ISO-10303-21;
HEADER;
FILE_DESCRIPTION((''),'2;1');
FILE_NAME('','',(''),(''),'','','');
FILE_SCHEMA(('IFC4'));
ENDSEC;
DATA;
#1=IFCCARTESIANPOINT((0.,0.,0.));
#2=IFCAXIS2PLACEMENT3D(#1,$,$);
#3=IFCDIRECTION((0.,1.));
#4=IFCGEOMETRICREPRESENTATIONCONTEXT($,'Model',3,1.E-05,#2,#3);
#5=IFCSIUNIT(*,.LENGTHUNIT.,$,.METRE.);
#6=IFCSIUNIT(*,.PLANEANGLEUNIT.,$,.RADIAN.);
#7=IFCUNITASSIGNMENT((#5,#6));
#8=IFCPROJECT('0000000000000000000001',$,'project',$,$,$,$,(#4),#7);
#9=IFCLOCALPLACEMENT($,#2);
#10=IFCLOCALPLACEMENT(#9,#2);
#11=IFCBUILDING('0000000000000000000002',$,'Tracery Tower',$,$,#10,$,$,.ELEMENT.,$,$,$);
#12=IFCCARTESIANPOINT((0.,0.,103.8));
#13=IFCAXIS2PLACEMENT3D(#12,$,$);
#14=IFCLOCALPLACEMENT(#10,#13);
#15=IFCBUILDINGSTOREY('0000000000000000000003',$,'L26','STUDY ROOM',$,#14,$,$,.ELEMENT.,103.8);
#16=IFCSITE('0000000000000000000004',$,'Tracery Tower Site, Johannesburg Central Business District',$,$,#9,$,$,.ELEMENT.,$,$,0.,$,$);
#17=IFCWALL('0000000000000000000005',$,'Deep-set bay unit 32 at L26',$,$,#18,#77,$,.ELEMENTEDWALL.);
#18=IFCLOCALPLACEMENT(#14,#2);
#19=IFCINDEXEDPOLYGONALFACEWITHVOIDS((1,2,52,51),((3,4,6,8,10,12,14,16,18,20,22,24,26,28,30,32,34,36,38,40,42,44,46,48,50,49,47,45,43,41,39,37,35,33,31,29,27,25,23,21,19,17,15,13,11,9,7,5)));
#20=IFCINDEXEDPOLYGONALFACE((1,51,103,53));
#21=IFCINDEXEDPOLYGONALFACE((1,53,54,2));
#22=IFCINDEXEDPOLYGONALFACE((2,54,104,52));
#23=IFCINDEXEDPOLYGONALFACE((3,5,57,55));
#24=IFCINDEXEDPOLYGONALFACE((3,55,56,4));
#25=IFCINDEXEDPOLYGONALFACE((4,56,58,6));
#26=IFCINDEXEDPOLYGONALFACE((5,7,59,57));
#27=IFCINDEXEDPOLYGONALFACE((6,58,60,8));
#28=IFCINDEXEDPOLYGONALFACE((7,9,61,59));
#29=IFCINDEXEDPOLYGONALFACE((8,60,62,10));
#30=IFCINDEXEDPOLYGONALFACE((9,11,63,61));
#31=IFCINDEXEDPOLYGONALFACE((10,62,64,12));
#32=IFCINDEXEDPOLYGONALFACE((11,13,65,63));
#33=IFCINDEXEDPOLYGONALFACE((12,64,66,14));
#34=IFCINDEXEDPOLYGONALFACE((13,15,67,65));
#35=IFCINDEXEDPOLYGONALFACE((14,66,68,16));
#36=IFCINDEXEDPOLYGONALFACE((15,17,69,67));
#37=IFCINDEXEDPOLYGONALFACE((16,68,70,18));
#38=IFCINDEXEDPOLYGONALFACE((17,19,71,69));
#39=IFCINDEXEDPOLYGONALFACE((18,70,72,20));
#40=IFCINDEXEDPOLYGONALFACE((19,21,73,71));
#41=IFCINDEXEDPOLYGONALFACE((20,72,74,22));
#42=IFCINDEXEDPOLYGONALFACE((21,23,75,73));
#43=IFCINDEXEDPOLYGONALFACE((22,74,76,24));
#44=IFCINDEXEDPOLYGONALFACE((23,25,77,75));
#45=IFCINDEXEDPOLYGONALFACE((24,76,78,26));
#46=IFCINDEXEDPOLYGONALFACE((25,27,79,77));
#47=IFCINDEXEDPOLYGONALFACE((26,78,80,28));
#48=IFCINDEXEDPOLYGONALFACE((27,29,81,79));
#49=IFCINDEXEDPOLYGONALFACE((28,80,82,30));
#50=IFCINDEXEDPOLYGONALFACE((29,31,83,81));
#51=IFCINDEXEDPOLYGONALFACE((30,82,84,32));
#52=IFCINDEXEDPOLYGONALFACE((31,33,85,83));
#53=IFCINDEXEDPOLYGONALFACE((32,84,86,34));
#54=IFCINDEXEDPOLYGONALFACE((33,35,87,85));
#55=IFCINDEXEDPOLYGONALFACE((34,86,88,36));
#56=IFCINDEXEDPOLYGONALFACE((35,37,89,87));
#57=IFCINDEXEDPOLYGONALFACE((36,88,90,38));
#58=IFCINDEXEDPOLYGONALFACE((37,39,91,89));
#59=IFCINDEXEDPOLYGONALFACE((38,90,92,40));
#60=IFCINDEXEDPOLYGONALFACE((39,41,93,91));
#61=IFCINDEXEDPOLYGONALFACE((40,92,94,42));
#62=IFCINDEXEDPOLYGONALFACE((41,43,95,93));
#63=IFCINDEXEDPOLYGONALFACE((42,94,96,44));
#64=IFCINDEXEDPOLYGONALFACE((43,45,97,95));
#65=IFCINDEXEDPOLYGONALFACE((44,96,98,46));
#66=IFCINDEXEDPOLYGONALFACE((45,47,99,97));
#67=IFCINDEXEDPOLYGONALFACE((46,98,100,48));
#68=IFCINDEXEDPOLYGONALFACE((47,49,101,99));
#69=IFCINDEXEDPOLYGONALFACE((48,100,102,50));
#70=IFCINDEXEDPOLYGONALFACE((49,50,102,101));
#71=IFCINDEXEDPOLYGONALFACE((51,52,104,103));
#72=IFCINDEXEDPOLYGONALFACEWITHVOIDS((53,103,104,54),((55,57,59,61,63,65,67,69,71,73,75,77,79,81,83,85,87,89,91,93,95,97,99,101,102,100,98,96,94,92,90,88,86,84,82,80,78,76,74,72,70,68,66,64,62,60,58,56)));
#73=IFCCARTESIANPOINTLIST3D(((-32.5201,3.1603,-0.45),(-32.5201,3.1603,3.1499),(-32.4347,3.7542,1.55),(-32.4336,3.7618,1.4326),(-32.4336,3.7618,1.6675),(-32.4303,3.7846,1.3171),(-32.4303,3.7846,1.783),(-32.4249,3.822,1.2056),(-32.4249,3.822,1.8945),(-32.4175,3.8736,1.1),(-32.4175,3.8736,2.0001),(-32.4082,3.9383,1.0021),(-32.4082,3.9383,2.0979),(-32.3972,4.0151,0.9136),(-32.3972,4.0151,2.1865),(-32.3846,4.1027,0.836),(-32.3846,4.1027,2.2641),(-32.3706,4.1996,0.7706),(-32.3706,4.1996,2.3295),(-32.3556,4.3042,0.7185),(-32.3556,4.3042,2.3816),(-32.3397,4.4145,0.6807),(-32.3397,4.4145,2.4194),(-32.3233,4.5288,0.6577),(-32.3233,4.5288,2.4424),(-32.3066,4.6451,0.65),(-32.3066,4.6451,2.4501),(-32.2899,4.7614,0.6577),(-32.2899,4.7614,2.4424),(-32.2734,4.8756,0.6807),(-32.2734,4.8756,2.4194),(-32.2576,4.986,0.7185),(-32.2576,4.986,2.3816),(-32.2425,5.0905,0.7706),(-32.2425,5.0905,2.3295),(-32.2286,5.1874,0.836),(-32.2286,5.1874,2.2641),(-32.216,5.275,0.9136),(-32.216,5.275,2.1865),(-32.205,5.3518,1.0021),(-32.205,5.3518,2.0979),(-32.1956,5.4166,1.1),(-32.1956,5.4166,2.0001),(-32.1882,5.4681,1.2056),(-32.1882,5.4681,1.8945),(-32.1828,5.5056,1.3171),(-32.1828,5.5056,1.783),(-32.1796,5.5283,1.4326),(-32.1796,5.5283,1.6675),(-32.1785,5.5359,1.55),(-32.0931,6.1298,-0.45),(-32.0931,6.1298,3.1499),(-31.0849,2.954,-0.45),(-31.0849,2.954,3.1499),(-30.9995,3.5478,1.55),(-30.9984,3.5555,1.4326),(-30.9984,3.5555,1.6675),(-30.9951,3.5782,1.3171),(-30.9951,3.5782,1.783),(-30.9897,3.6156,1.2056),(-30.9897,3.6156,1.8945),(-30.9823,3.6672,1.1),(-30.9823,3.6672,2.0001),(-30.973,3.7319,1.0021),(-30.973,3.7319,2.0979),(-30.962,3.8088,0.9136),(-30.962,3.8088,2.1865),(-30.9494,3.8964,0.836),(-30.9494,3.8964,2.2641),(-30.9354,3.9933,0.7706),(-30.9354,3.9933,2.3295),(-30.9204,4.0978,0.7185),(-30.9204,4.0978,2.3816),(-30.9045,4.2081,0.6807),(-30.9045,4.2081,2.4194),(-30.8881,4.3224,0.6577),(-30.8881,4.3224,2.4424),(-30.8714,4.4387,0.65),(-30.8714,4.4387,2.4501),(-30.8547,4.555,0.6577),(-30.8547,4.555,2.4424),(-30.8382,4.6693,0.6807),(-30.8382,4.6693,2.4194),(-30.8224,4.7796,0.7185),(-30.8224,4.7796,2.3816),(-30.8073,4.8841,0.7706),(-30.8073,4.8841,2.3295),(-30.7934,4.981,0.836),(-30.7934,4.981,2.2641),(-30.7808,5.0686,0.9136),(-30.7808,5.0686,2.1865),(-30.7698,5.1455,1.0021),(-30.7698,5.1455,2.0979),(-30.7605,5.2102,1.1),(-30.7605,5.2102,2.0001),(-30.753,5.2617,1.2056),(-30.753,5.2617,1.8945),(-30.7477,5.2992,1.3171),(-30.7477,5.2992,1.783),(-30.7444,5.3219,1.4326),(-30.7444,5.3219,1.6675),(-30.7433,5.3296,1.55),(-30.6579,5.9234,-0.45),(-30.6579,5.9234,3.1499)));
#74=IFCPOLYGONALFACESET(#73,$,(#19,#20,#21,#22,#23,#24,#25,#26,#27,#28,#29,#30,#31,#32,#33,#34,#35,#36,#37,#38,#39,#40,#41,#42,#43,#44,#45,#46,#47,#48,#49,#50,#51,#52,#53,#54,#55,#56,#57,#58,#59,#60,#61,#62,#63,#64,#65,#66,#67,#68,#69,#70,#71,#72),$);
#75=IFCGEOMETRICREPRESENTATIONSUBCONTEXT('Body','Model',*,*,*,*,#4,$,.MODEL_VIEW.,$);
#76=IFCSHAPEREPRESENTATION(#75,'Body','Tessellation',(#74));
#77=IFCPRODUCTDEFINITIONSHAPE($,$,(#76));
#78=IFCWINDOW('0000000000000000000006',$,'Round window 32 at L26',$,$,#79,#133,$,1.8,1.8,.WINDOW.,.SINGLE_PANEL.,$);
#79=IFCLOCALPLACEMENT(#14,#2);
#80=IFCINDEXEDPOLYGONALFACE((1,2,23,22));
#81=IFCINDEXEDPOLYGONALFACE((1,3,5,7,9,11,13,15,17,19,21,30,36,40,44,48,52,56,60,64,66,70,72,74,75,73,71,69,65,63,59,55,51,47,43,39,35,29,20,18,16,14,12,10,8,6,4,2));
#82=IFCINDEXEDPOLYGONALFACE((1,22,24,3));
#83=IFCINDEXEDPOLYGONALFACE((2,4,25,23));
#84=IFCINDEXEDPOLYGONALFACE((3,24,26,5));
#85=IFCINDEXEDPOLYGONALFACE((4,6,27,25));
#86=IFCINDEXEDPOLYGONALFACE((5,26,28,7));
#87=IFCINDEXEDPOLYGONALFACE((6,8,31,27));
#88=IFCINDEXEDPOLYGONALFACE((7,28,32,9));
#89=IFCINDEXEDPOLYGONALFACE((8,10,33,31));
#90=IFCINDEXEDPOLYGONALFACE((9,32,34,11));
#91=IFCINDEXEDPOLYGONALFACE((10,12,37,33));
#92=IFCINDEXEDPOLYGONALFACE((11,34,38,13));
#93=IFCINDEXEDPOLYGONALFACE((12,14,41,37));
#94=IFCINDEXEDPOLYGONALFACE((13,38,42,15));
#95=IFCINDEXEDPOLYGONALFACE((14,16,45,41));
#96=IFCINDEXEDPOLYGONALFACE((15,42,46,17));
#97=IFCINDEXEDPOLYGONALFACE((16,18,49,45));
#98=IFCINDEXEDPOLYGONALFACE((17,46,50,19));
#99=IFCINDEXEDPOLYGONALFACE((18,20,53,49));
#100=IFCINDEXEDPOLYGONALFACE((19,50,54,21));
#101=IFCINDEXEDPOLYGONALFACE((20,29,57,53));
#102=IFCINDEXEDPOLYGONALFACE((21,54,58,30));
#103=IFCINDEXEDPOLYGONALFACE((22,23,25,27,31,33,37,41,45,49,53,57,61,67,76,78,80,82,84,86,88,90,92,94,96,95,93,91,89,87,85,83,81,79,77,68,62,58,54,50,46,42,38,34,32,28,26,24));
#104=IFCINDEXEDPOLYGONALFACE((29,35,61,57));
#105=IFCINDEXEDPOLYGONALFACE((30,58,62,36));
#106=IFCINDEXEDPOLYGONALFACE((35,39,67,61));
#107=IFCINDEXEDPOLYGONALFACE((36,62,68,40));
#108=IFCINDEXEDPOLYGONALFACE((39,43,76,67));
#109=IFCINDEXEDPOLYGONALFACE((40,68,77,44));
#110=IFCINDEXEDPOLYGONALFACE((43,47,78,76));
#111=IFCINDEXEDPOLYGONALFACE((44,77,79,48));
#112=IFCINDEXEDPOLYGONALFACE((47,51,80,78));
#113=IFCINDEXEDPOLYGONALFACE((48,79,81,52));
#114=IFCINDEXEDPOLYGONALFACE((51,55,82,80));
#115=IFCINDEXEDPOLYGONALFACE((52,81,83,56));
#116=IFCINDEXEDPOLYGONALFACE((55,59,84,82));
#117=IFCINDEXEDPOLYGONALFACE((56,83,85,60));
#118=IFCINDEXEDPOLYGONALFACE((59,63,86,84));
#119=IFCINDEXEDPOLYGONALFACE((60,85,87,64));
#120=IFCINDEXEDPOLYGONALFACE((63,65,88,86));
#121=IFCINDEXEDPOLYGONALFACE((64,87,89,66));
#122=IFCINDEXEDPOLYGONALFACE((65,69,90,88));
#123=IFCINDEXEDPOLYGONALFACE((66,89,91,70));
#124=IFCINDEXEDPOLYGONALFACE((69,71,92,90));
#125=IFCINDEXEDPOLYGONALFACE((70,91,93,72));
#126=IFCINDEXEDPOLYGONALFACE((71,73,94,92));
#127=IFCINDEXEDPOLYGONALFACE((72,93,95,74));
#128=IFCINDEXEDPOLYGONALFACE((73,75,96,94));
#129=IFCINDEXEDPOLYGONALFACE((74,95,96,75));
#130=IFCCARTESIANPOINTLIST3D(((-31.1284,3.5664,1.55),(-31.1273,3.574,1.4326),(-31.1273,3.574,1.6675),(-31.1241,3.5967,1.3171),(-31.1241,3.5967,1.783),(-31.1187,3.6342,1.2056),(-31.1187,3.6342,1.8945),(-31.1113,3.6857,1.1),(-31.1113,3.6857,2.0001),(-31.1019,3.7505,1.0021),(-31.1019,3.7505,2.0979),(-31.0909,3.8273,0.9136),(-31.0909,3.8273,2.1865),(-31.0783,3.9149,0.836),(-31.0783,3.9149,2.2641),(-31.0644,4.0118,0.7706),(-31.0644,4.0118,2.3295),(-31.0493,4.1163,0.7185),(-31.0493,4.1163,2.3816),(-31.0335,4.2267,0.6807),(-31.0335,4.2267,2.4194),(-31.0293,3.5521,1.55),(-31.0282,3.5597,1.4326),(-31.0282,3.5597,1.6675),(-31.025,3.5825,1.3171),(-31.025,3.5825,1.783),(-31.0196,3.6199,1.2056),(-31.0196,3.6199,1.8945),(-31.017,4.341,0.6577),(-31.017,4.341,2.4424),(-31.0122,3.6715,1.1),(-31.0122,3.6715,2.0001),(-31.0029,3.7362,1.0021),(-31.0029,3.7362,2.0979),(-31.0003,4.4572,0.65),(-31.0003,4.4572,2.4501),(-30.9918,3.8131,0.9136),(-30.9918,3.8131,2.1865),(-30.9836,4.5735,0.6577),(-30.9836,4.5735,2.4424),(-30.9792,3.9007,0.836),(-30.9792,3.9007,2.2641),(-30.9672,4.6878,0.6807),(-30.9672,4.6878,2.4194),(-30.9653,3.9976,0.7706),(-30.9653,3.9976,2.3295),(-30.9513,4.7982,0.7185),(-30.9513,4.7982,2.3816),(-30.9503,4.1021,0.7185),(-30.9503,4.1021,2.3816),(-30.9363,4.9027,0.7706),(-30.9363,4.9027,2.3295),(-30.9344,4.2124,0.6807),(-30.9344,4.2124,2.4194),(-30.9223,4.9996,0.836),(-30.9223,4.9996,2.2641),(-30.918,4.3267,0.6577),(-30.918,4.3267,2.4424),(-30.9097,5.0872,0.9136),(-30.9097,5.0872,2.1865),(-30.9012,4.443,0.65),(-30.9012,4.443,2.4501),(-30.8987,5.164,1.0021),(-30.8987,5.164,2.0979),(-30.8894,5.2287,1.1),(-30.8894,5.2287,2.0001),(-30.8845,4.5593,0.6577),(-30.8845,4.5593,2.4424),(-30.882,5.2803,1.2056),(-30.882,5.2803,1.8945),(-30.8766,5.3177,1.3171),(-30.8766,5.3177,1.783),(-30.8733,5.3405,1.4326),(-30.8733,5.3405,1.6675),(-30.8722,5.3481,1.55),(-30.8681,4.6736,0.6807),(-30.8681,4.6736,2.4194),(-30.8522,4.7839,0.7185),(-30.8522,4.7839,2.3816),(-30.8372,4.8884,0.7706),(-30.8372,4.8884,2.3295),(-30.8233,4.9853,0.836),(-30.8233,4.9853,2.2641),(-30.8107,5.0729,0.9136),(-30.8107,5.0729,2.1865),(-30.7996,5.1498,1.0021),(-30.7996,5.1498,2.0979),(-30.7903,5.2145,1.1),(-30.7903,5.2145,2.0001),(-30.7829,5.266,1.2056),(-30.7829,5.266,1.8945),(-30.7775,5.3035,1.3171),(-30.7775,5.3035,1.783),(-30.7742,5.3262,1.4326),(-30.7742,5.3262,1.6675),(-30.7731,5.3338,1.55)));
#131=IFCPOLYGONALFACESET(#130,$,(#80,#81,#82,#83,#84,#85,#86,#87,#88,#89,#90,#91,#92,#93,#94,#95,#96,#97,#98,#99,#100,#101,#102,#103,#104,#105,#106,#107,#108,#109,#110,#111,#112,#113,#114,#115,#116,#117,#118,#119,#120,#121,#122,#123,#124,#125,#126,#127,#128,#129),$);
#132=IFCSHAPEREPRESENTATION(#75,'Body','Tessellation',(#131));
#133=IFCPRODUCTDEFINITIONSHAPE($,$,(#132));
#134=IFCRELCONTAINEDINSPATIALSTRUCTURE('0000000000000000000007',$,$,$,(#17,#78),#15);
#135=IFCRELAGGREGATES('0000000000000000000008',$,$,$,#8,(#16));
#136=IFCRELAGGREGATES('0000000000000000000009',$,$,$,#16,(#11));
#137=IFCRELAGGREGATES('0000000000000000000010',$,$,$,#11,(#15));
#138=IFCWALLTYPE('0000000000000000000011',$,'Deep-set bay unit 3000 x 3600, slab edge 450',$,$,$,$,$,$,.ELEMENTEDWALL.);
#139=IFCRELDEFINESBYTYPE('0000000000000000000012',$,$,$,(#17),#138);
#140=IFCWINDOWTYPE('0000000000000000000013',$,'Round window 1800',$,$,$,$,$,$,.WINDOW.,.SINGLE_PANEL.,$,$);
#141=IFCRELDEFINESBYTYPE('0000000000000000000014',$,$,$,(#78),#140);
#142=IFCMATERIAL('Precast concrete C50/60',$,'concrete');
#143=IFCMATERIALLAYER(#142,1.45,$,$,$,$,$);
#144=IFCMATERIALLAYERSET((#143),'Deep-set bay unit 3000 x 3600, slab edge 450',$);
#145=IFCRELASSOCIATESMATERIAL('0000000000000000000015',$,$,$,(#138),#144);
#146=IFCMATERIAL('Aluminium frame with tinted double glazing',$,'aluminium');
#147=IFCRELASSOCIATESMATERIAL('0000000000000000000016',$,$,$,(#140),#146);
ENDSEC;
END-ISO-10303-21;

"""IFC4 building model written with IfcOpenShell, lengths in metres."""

from ifc_helpers import new_model, si_unit, direction, frame, frame_2d, origin, origin_2d, place, context, subcontext, project, spatial, rectangle, circle, extrude, material, layer, layer_set, type_object, element, fill, save


model = new_model("IFC4")

# Units and contexts
model_context = context("Model", 3, precision=1e-05, world=origin(), true_north=direction((0.0, 1.0)))
body_context = subcontext(model_context, "Body", "Model", "MODEL_VIEW")
ifc_project = project(units=[si_unit("LENGTHUNIT", "METRE"), si_unit("PLANEANGLEUNIT", "RADIAN")], contexts=[model_context])

# Site, building, storey
site_placement = place(None, origin())
site = spatial("IfcSite", under=ifc_project, at=site_placement, Name="Tracery Tower Site, Johannesburg Central Business District", CompositionType="ELEMENT", RefElevation=0.0)
building_placement = place(site_placement, origin())
building = spatial("IfcBuilding", under=site, at=building_placement, Name="Tracery Tower", CompositionType="ELEMENT")
storey_placement = place(building_placement, frame((0.0, 0.0, 103.8)))
storey = spatial("IfcBuildingStorey", under=building, at=storey_placement, Name="L26", Description="STUDY ROOM", CompositionType="ELEMENT", Elevation=103.8)

# Wall, opening, window
ifc_material_1 = material(Name="Precast concrete C50/60", Category="concrete")
ifc_layer_1 = layer(ifc_material_1, 1.45)
ifc_layer_set_1 = layer_set([ifc_layer_1], Name="Deep-set bay unit 3000 x 3600, slab edge 450")
wall_type_1 = type_object("IfcWallType", Name="Deep-set bay unit 3000 x 3600, slab edge 450", PredefinedType="ELEMENTEDWALL", material=ifc_layer_set_1)
wall_1_placement = place(storey_placement, frame((-31.3755, 6.0266, -0.45), z_axis=(0.0, 0.0, 1.0), x_axis=(-0.142333, -0.989819, 0.0)))
wall_1 = element("IfcWall", 1, at=wall_1_placement, inside=storey, type_object=wall_type_1, Name="Deep-set bay unit 32 at L26", PredefinedType="ELEMENTEDWALL", context=body_context, shape_type="SweptSolid", body=[
    extrude(rectangle(XDim=3.0, YDim=1.45, at=frame_2d((1.5, 0.0))), origin(), (0.0, 0.0, 1.0), 3.5999),
])
opening_1_placement = place(wall_1_placement, frame((1.5, 0.0, 2.0)))
opening_1 = element("IfcOpeningElement", 2, at=opening_1_placement, cuts=wall_1, PredefinedType="OPENING", context=body_context, shape_type="SweptSolid", body=[
    extrude(circle(Radius=0.9, at=origin_2d()), frame((0.0, 0.7349, 0.0), z_axis=(0.0, -1.0, 0.0), x_axis=(1.0, 0.0, 0.0)), (0.0, 0.0, 1.0), 1.47),
])
ifc_material_2 = material(Name="Aluminium frame with tinted double glazing", Category="aluminium")
window_type = type_object("IfcWindowType", Name="Round window 1800", PartitioningType="SINGLE_PANEL", PredefinedType="WINDOW", material=ifc_material_2)
window_1_placement = place(opening_1_placement, origin())
window_1 = element("IfcWindow", 3, at=window_1_placement, inside=storey, type_object=window_type, Name="Round window 32 at L26", OverallHeight=1.8, OverallWidth=1.8, PartitioningType="SINGLE_PANEL", PredefinedType="WINDOW", context=body_context, shape_type="SweptSolid", body=[
    extrude(circle(Radius=0.9, at=origin_2d()), frame((0.0, 0.6948, 0.0), z_axis=(0.0, -1.0, 0.0), x_axis=(1.0, 0.0, 0.0)), (0.0, 0.0, 1.0), 0.1001),
])
fill(opening_1, window_1)

save(model, "model.ifc")
